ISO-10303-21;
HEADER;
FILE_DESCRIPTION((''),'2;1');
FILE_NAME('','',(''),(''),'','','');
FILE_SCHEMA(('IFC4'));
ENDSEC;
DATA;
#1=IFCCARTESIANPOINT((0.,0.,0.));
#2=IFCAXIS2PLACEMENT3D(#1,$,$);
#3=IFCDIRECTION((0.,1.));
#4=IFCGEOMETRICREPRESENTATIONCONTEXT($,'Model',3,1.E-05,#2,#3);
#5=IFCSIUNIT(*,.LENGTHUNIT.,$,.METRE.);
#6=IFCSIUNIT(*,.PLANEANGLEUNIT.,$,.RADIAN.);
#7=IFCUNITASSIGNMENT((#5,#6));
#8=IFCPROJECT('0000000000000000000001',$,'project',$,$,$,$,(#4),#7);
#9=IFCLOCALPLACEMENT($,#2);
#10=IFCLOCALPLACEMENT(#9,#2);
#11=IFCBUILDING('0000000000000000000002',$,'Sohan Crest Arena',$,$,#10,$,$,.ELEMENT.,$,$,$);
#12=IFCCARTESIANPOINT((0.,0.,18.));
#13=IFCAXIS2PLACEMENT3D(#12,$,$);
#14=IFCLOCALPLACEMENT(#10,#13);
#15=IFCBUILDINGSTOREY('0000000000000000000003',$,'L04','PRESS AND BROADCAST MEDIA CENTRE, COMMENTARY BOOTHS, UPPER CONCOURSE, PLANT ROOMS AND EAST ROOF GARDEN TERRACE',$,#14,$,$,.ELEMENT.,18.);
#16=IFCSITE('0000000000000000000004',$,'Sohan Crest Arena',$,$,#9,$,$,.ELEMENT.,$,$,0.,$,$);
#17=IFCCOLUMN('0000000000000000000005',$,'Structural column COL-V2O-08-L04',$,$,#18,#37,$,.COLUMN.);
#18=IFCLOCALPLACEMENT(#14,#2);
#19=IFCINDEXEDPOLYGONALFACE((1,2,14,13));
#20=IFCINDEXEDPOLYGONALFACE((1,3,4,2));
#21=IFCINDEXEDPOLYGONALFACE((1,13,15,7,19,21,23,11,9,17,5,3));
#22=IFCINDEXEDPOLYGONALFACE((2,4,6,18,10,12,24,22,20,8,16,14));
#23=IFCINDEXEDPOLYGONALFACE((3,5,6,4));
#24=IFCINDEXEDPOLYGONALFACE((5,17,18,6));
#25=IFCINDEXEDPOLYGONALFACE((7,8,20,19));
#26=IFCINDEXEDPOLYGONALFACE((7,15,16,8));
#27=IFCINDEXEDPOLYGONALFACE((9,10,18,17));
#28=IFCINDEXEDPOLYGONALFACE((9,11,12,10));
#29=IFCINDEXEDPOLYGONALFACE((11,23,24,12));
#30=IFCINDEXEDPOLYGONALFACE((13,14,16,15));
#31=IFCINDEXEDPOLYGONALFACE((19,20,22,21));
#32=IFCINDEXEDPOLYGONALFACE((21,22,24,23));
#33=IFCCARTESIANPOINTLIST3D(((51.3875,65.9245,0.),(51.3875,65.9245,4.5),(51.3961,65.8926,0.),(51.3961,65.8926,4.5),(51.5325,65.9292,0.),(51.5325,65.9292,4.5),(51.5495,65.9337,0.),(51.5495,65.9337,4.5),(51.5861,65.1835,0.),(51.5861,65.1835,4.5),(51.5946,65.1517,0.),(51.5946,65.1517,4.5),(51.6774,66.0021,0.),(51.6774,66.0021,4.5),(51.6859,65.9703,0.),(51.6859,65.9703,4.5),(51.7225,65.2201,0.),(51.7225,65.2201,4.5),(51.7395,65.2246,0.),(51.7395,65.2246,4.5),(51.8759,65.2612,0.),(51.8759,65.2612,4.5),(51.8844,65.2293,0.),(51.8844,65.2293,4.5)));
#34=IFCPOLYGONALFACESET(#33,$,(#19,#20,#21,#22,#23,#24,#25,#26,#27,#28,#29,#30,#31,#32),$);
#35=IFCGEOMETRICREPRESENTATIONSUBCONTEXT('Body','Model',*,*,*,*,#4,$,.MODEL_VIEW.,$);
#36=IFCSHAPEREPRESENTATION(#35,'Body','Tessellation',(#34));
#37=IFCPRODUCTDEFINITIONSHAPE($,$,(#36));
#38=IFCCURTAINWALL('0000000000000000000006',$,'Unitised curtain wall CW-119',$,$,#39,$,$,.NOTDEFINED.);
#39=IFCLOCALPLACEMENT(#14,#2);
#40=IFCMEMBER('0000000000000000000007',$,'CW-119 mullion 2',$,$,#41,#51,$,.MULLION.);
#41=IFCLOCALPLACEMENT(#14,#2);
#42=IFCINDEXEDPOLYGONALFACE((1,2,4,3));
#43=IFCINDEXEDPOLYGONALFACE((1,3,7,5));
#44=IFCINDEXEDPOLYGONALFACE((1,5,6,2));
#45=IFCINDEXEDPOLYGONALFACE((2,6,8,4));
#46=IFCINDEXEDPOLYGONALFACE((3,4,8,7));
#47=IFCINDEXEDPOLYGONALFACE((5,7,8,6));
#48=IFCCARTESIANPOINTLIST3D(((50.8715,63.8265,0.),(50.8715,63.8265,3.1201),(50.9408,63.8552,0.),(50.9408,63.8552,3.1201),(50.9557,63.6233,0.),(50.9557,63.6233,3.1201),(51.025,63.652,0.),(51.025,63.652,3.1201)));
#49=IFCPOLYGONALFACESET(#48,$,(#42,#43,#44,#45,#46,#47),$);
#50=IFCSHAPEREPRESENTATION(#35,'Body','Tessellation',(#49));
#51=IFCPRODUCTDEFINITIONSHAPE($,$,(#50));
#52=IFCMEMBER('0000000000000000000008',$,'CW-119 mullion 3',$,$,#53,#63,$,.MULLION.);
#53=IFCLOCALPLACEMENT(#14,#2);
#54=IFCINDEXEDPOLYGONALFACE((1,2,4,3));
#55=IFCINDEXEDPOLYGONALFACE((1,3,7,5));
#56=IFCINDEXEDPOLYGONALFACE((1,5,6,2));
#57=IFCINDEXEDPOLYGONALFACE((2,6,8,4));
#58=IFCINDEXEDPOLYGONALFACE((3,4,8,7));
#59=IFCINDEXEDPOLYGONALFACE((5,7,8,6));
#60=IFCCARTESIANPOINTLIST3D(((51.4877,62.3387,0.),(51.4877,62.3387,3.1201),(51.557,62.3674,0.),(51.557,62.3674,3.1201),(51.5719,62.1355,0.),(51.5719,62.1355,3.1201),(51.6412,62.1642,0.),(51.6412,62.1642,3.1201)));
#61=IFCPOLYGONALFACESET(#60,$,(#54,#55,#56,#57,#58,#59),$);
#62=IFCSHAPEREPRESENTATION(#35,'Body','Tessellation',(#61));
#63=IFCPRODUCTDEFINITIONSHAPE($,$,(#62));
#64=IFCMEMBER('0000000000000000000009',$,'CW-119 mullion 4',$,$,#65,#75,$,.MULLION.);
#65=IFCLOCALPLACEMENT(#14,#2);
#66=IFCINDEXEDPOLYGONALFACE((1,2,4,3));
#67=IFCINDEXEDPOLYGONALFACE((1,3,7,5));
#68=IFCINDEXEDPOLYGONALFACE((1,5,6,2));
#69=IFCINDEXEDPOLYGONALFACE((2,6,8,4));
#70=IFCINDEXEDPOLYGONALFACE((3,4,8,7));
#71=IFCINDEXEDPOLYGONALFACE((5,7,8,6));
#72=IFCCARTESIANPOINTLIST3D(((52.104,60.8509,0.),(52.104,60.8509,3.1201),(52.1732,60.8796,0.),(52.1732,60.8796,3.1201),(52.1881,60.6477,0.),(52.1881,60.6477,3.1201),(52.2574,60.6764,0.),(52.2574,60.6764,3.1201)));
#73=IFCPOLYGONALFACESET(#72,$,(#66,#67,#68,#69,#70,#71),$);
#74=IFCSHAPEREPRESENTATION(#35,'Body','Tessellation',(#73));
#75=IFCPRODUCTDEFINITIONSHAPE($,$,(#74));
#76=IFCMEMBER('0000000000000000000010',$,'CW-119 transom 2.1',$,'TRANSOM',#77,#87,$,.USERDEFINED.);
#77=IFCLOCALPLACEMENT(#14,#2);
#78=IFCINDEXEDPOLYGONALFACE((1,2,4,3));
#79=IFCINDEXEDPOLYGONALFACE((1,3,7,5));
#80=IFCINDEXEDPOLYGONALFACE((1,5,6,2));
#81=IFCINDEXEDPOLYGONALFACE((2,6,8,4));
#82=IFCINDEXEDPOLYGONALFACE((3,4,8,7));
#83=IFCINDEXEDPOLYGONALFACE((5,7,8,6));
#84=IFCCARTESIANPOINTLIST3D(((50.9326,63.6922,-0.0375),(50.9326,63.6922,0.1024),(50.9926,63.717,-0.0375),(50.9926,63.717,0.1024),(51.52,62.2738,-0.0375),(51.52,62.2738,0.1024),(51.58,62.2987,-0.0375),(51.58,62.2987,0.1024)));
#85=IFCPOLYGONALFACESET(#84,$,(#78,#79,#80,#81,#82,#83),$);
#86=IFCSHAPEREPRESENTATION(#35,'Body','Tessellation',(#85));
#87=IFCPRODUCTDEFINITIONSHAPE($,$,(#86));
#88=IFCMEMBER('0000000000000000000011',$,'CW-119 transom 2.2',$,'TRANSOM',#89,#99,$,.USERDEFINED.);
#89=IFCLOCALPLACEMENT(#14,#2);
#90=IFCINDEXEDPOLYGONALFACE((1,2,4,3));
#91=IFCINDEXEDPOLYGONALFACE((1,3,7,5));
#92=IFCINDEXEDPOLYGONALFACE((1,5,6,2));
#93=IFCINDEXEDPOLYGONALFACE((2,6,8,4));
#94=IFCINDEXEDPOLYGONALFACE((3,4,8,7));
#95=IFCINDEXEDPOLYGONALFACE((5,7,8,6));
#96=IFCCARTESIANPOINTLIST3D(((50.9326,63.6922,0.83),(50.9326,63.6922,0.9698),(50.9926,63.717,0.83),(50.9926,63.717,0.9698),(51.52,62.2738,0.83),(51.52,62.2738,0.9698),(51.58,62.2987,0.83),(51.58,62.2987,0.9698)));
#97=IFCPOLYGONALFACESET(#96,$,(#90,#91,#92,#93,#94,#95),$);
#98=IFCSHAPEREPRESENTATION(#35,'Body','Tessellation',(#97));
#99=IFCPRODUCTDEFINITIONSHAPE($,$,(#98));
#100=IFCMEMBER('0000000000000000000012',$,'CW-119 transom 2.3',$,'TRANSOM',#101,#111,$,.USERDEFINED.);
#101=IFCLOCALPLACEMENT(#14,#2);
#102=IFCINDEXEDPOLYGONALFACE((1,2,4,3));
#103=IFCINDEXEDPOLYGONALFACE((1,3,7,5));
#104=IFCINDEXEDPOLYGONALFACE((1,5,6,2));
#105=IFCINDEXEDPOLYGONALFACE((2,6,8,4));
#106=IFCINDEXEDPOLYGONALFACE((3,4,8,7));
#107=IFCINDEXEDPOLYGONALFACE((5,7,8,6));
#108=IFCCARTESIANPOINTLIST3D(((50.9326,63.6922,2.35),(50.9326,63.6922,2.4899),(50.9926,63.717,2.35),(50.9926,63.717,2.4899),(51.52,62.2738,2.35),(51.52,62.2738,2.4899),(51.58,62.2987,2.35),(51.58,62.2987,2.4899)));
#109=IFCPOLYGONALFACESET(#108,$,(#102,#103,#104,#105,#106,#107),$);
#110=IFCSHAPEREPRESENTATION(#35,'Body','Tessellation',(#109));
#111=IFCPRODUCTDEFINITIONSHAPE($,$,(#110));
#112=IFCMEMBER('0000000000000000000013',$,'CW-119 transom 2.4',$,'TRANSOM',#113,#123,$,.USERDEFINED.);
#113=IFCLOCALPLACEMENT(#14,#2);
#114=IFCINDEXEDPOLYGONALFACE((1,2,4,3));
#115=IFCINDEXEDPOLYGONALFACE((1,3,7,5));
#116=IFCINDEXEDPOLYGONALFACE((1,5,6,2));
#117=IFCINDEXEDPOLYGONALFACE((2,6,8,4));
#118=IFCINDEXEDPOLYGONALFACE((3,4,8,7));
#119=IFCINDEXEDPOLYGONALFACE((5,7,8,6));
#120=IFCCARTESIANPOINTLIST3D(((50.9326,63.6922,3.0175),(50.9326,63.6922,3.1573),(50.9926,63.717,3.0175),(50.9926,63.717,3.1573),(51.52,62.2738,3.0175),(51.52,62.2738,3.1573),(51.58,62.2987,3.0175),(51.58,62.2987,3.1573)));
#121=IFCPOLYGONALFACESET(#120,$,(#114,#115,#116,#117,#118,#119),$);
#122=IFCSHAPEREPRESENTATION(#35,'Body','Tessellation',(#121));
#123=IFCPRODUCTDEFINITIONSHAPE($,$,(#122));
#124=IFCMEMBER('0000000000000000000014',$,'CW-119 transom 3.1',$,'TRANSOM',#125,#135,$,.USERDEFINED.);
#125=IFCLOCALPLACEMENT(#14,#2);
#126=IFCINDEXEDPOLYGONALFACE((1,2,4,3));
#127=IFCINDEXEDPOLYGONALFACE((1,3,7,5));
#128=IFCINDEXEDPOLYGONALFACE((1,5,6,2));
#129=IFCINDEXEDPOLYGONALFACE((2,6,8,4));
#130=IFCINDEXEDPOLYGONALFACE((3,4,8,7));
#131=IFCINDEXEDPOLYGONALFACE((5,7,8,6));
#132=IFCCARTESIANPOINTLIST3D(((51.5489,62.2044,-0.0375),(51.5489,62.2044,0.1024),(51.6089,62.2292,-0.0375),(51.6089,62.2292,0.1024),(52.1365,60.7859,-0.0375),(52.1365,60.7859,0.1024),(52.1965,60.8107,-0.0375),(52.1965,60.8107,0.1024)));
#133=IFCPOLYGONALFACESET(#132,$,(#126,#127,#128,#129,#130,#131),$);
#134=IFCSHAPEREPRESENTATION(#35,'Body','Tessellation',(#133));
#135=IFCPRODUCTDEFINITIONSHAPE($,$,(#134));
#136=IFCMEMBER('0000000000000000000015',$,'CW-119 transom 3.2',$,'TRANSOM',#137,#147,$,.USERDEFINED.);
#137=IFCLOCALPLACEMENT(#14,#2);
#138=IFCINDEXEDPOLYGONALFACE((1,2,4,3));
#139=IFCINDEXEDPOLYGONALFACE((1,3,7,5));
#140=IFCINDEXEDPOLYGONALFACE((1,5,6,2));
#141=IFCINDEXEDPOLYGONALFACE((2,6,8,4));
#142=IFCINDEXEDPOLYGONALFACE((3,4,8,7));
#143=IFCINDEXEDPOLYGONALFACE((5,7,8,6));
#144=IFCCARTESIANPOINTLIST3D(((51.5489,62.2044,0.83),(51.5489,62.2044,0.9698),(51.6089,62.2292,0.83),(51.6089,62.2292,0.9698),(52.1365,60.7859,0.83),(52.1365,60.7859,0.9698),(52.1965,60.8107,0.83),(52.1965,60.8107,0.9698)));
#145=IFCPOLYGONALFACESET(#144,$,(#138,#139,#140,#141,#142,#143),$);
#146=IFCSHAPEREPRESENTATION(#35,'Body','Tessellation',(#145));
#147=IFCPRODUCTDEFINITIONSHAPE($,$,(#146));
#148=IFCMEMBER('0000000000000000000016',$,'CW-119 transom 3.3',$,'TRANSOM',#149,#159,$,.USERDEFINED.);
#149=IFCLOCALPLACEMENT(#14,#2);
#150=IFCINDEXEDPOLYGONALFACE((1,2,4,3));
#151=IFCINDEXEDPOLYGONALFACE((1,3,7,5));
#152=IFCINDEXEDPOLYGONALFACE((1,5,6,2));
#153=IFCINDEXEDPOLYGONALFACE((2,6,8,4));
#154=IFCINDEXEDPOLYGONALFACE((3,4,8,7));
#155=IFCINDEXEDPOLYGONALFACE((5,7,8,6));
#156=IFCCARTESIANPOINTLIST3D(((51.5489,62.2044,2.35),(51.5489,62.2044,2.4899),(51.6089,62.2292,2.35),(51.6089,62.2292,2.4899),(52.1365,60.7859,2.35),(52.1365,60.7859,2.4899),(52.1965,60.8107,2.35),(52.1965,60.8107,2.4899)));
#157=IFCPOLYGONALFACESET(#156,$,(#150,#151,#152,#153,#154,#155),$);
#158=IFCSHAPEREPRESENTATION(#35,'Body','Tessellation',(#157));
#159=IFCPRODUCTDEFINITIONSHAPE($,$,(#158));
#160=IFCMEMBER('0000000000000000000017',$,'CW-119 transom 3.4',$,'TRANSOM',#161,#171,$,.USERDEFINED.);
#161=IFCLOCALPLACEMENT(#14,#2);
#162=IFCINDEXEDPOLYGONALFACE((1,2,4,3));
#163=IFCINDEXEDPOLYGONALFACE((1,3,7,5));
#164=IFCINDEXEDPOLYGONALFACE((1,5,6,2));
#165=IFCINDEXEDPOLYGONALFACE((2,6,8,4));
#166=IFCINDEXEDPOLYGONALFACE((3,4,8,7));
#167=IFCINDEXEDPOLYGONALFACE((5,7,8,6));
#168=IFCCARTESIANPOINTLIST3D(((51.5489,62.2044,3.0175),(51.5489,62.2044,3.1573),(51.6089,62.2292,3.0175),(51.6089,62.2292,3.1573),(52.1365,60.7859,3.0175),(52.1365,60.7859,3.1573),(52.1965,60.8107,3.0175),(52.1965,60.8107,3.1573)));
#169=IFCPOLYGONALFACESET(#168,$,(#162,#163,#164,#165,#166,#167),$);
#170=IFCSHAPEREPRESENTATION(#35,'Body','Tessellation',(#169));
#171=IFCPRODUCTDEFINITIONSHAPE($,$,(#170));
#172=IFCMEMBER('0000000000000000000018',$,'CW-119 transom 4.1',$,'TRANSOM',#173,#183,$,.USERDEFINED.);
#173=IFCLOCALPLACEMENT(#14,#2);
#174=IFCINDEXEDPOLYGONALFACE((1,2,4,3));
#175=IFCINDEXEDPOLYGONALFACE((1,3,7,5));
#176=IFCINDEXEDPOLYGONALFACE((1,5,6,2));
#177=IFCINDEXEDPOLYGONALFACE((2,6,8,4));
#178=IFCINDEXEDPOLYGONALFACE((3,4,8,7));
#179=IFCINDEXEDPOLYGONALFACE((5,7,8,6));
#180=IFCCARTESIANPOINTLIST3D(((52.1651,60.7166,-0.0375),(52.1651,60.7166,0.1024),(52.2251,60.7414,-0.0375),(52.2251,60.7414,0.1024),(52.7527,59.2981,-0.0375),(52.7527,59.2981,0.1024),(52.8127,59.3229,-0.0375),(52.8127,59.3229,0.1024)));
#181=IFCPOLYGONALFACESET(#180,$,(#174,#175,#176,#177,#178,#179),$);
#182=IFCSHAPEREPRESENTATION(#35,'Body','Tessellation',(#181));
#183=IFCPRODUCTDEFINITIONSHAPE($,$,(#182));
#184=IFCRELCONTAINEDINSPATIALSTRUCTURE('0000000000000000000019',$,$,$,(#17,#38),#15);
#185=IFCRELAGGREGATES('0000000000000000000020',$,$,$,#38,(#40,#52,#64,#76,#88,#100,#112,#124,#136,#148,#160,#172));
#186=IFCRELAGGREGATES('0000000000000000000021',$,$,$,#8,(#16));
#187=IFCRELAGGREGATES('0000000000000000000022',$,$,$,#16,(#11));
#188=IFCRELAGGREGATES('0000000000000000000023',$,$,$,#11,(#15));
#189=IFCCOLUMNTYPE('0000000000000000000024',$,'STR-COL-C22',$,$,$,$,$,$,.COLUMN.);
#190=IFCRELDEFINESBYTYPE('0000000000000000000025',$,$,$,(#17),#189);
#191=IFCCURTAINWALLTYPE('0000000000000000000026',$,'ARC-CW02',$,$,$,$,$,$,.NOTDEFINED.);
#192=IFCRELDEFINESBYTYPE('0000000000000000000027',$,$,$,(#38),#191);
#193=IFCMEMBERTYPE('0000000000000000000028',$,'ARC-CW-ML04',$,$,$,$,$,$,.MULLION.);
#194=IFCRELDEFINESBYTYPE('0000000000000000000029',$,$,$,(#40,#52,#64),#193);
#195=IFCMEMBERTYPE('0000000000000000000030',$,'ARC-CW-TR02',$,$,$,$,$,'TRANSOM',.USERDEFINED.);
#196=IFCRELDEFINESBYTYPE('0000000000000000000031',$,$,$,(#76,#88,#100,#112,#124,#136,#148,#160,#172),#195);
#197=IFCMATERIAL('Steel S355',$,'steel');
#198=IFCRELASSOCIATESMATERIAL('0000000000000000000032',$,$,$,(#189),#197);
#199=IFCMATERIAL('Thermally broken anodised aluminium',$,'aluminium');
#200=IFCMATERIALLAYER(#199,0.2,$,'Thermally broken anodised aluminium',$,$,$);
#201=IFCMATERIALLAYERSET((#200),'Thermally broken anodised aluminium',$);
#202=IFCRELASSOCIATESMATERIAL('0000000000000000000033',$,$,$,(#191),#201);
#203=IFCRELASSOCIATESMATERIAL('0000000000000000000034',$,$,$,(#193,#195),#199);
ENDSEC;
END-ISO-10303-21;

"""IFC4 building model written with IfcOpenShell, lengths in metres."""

from ifc_helpers import new_model, si_unit, direction, frame, origin, origin_2d, place, context, subcontext, project, spatial, rectangle, i_section, extrude, material, layer, layer_set, material_profile, profile_set, type_object, element, aggregate, save


model = new_model("IFC4")

# Units and contexts
model_context = context("Model", 3, precision=1e-05, world=origin(), true_north=direction((0.0, 1.0)))
body_context = subcontext(model_context, "Body", "Model", "MODEL_VIEW")
ifc_project = project(units=[si_unit("LENGTHUNIT", "METRE"), si_unit("PLANEANGLEUNIT", "RADIAN")], contexts=[model_context])

# Site, building, storey
site_placement = place(None, origin())
site = spatial("IfcSite", under=ifc_project, at=site_placement, Name="Sohan Crest Arena", CompositionType="ELEMENT", RefElevation=0.0)
building_placement = place(site_placement, origin())
building = spatial("IfcBuilding", under=site, at=building_placement, Name="Sohan Crest Arena", CompositionType="ELEMENT")
storey_placement = place(building_placement, frame((0.0, 0.0, 18.0)))
storey = spatial("IfcBuildingStorey", under=building, at=storey_placement, Name="L04", Description="PRESS AND BROADCAST MEDIA CENTRE, COMMENTARY BOOTHS, UPPER CONCOURSE, PLANT ROOMS AND EAST ROOF GARDEN TERRACE", CompositionType="ELEMENT", Elevation=18.0)

# Column
ifc_material_1 = material(Name="Steel S355", Category="steel")
ifc_material_profile_1 = material_profile(ifc_material_1, i_section(OverallWidth=0.3, OverallDepth=0.8, WebThickness=0.0176, FlangeThickness=0.033, at=origin_2d()), Name="HEB 800")
ifc_profile_set_1 = profile_set([ifc_material_profile_1], Name="Steel S355")
column_type = type_object("IfcColumnType", Name="STR-COL-C22", PredefinedType="COLUMN", material=ifc_profile_set_1)
column_placement = place(storey_placement, frame((51.636, 65.5769, 0.0), z_axis=(0.0, 0.0, 1.0), x_axis=(0.965926, 0.258819, 0.0)))
element("IfcColumn", 1, at=column_placement, inside=storey, type_object=column_type, Name="Structural column COL-V2O-08-L04", PredefinedType="COLUMN", context=body_context, shape_type="SweptSolid", body=[
    extrude(i_section(OverallWidth=0.3, OverallDepth=0.8, WebThickness=0.0176, FlangeThickness=0.033, at=origin_2d()), origin(), (0.0, 0.0, 1.0), 4.5),
])

# Curtain wall, members
ifc_material_2 = material(Name="Thermally broken anodised aluminium", Category="aluminium")
ifc_layer_1 = layer(ifc_material_2, 0.2, Name="Thermally broken anodised aluminium")
ifc_layer_set_1 = layer_set([ifc_layer_1], Name="Thermally broken anodised aluminium")
curtain_wall_type = type_object("IfcCurtainWallType", Name="ARC-CW02", PredefinedType="NOTDEFINED", material=ifc_layer_set_1)
curtain_wall_placement = place(storey_placement, origin())
curtain_wall = element("IfcCurtainWall", 2, at=curtain_wall_placement, inside=storey, type_object=curtain_wall_type, Name="Unitised curtain wall CW-119", PredefinedType="NOTDEFINED")
ifc_material_profile_2 = material_profile(ifc_material_2, rectangle(XDim=0.075, YDim=0.22, at=origin_2d()), Name="ALU-MULL 75x220")
ifc_profile_set_2 = profile_set([ifc_material_profile_2], Name="Thermally broken anodised aluminium")
member_type_1 = type_object("IfcMemberType", Name="ARC-CW-ML04", PredefinedType="MULLION", material=ifc_profile_set_2)
member_1_placement = place(storey_placement, frame((50.9482, 63.7393, 0.0), z_axis=(0.0, 0.0, 1.0), x_axis=(0.923879, 0.382685, 0.0)))
member_1 = element("IfcMember", 3, at=member_1_placement, type_object=member_type_1, Name="CW-119 mullion 2", PredefinedType="MULLION", context=body_context, shape_type="SweptSolid", body=[
    extrude(rectangle(XDim=0.075, YDim=0.22, at=origin_2d()), origin(), (0.0, 0.0, 1.0), 3.1201),
])
member_2_placement = place(storey_placement, frame((51.5645, 62.2515, 0.0), z_axis=(0.0, 0.0, 1.0), x_axis=(0.923879, 0.382685, 0.0)))
member_2 = element("IfcMember", 4, at=member_2_placement, type_object=member_type_1, Name="CW-119 mullion 3", PredefinedType="MULLION", context=body_context, shape_type="SweptSolid", body=[
    extrude(rectangle(XDim=0.075, YDim=0.22, at=origin_2d()), origin(), (0.0, 0.0, 1.0), 3.1201),
])
member_3_placement = place(storey_placement, frame((52.1807, 60.7637, 0.0), z_axis=(0.0, 0.0, 1.0), x_axis=(0.923879, 0.382685, 0.0)))
member_3 = element("IfcMember", 5, at=member_3_placement, type_object=member_type_1, Name="CW-119 mullion 4", PredefinedType="MULLION", context=body_context, shape_type="SweptSolid", body=[
    extrude(rectangle(XDim=0.075, YDim=0.22, at=origin_2d()), origin(), (0.0, 0.0, 1.0), 3.1201),
])
ifc_material_profile_3 = material_profile(ifc_material_2, rectangle(XDim=0.0649, YDim=0.1399, at=origin_2d()), Name="ALU-TRAN 65x140")
ifc_profile_set_3 = profile_set([ifc_material_profile_3], Name="Thermally broken anodised aluminium")
member_type_2 = type_object("IfcMemberType", Name="ARC-CW-TR02", ElementType="TRANSOM", PredefinedType="USERDEFINED", material=ifc_profile_set_3)
member_4_placement = place(storey_placement, frame((50.9626, 63.7046, 0.0325), z_axis=(0.382605, -0.923912, 0.0), x_axis=(0.923912, 0.382605, 0.0)))
member_4 = element("IfcMember", 6, at=member_4_placement, type_object=member_type_2, Name="CW-119 transom 2.1", ObjectType="TRANSOM", PredefinedType="USERDEFINED", context=body_context, shape_type="SweptSolid", body=[
    extrude(rectangle(XDim=0.0649, YDim=0.1399, at=origin_2d()), origin(), (0.0, 0.0, 1.0), 1.5352),
])
member_5_placement = place(storey_placement, frame((50.9626, 63.7046, 0.8999), z_axis=(0.382605, -0.923912, 0.0), x_axis=(0.923912, 0.382605, 0.0)))
member_5 = element("IfcMember", 7, at=member_5_placement, type_object=member_type_2, Name="CW-119 transom 2.2", ObjectType="TRANSOM", PredefinedType="USERDEFINED", context=body_context, shape_type="SweptSolid", body=[
    extrude(rectangle(XDim=0.0649, YDim=0.1399, at=origin_2d()), origin(), (0.0, 0.0, 1.0), 1.5352),
])
member_6_placement = place(storey_placement, frame((50.9626, 63.7046, 2.4199), z_axis=(0.382605, -0.923912, 0.0), x_axis=(0.923912, 0.382605, 0.0)))
member_6 = element("IfcMember", 8, at=member_6_placement, type_object=member_type_2, Name="CW-119 transom 2.3", ObjectType="TRANSOM", PredefinedType="USERDEFINED", context=body_context, shape_type="SweptSolid", body=[
    extrude(rectangle(XDim=0.0649, YDim=0.1399, at=origin_2d()), origin(), (0.0, 0.0, 1.0), 1.5352),
])
member_7_placement = place(storey_placement, frame((50.9626, 63.7046, 3.0874), z_axis=(0.382605, -0.923912, 0.0), x_axis=(0.923912, 0.382605, 0.0)))
member_7 = element("IfcMember", 9, at=member_7_placement, type_object=member_type_2, Name="CW-119 transom 2.4", ObjectType="TRANSOM", PredefinedType="USERDEFINED", context=body_context, shape_type="SweptSolid", body=[
    extrude(rectangle(XDim=0.0649, YDim=0.1399, at=origin_2d()), origin(), (0.0, 0.0, 1.0), 1.5352),
])
member_8_placement = place(storey_placement, frame((51.5789, 62.2168, 0.0325), z_axis=(0.38274, -0.923856, 0.0), x_axis=(0.923856, 0.38274, 0.0)))
member_8 = element("IfcMember", 10, at=member_8_placement, type_object=member_type_2, Name="CW-119 transom 3.1", ObjectType="TRANSOM", PredefinedType="USERDEFINED", context=body_context, shape_type="SweptSolid", body=[
    extrude(rectangle(XDim=0.0649, YDim=0.1399, at=origin_2d()), origin(), (0.0, 0.0, 1.0), 1.5354),
])
member_9_placement = place(storey_placement, frame((51.5789, 62.2168, 0.8999), z_axis=(0.38274, -0.923856, 0.0), x_axis=(0.923856, 0.38274, 0.0)))
member_9 = element("IfcMember", 11, at=member_9_placement, type_object=member_type_2, Name="CW-119 transom 3.2", ObjectType="TRANSOM", PredefinedType="USERDEFINED", context=body_context, shape_type="SweptSolid", body=[
    extrude(rectangle(XDim=0.0649, YDim=0.1399, at=origin_2d()), origin(), (0.0, 0.0, 1.0), 1.5354),
])
member_10_placement = place(storey_placement, frame((51.5789, 62.2168, 2.4199), z_axis=(0.38274, -0.923856, 0.0), x_axis=(0.923856, 0.38274, 0.0)))
member_10 = element("IfcMember", 12, at=member_10_placement, type_object=member_type_2, Name="CW-119 transom 3.3", ObjectType="TRANSOM", PredefinedType="USERDEFINED", context=body_context, shape_type="SweptSolid", body=[
    extrude(rectangle(XDim=0.0649, YDim=0.1399, at=origin_2d()), origin(), (0.0, 0.0, 1.0), 1.5354),
])
member_11_placement = place(storey_placement, frame((51.5789, 62.2168, 3.0874), z_axis=(0.38274, -0.923856, 0.0), x_axis=(0.923856, 0.38274, 0.0)))
member_11 = element("IfcMember", 13, at=member_11_placement, type_object=member_type_2, Name="CW-119 transom 3.4", ObjectType="TRANSOM", PredefinedType="USERDEFINED", context=body_context, shape_type="SweptSolid", body=[
    extrude(rectangle(XDim=0.0649, YDim=0.1399, at=origin_2d()), origin(), (0.0, 0.0, 1.0), 1.5354),
])
member_12_placement = place(storey_placement, frame((52.1951, 60.729, 0.0325), z_axis=(0.38274, -0.923856, 0.0), x_axis=(0.923856, 0.38274, 0.0)))
member_12 = element("IfcMember", 14, at=member_12_placement, type_object=member_type_2, Name="CW-119 transom 4.1", ObjectType="TRANSOM", PredefinedType="USERDEFINED", context=body_context, shape_type="SweptSolid", body=[
    extrude(rectangle(XDim=0.0649, YDim=0.1399, at=origin_2d()), origin(), (0.0, 0.0, 1.0), 1.5354),
])

aggregate(curtain_wall, [member_1, member_2, member_3, member_4, member_5, member_6, member_7, member_8, member_9, member_10, member_11, member_12])

save(model, "model.ifc")
